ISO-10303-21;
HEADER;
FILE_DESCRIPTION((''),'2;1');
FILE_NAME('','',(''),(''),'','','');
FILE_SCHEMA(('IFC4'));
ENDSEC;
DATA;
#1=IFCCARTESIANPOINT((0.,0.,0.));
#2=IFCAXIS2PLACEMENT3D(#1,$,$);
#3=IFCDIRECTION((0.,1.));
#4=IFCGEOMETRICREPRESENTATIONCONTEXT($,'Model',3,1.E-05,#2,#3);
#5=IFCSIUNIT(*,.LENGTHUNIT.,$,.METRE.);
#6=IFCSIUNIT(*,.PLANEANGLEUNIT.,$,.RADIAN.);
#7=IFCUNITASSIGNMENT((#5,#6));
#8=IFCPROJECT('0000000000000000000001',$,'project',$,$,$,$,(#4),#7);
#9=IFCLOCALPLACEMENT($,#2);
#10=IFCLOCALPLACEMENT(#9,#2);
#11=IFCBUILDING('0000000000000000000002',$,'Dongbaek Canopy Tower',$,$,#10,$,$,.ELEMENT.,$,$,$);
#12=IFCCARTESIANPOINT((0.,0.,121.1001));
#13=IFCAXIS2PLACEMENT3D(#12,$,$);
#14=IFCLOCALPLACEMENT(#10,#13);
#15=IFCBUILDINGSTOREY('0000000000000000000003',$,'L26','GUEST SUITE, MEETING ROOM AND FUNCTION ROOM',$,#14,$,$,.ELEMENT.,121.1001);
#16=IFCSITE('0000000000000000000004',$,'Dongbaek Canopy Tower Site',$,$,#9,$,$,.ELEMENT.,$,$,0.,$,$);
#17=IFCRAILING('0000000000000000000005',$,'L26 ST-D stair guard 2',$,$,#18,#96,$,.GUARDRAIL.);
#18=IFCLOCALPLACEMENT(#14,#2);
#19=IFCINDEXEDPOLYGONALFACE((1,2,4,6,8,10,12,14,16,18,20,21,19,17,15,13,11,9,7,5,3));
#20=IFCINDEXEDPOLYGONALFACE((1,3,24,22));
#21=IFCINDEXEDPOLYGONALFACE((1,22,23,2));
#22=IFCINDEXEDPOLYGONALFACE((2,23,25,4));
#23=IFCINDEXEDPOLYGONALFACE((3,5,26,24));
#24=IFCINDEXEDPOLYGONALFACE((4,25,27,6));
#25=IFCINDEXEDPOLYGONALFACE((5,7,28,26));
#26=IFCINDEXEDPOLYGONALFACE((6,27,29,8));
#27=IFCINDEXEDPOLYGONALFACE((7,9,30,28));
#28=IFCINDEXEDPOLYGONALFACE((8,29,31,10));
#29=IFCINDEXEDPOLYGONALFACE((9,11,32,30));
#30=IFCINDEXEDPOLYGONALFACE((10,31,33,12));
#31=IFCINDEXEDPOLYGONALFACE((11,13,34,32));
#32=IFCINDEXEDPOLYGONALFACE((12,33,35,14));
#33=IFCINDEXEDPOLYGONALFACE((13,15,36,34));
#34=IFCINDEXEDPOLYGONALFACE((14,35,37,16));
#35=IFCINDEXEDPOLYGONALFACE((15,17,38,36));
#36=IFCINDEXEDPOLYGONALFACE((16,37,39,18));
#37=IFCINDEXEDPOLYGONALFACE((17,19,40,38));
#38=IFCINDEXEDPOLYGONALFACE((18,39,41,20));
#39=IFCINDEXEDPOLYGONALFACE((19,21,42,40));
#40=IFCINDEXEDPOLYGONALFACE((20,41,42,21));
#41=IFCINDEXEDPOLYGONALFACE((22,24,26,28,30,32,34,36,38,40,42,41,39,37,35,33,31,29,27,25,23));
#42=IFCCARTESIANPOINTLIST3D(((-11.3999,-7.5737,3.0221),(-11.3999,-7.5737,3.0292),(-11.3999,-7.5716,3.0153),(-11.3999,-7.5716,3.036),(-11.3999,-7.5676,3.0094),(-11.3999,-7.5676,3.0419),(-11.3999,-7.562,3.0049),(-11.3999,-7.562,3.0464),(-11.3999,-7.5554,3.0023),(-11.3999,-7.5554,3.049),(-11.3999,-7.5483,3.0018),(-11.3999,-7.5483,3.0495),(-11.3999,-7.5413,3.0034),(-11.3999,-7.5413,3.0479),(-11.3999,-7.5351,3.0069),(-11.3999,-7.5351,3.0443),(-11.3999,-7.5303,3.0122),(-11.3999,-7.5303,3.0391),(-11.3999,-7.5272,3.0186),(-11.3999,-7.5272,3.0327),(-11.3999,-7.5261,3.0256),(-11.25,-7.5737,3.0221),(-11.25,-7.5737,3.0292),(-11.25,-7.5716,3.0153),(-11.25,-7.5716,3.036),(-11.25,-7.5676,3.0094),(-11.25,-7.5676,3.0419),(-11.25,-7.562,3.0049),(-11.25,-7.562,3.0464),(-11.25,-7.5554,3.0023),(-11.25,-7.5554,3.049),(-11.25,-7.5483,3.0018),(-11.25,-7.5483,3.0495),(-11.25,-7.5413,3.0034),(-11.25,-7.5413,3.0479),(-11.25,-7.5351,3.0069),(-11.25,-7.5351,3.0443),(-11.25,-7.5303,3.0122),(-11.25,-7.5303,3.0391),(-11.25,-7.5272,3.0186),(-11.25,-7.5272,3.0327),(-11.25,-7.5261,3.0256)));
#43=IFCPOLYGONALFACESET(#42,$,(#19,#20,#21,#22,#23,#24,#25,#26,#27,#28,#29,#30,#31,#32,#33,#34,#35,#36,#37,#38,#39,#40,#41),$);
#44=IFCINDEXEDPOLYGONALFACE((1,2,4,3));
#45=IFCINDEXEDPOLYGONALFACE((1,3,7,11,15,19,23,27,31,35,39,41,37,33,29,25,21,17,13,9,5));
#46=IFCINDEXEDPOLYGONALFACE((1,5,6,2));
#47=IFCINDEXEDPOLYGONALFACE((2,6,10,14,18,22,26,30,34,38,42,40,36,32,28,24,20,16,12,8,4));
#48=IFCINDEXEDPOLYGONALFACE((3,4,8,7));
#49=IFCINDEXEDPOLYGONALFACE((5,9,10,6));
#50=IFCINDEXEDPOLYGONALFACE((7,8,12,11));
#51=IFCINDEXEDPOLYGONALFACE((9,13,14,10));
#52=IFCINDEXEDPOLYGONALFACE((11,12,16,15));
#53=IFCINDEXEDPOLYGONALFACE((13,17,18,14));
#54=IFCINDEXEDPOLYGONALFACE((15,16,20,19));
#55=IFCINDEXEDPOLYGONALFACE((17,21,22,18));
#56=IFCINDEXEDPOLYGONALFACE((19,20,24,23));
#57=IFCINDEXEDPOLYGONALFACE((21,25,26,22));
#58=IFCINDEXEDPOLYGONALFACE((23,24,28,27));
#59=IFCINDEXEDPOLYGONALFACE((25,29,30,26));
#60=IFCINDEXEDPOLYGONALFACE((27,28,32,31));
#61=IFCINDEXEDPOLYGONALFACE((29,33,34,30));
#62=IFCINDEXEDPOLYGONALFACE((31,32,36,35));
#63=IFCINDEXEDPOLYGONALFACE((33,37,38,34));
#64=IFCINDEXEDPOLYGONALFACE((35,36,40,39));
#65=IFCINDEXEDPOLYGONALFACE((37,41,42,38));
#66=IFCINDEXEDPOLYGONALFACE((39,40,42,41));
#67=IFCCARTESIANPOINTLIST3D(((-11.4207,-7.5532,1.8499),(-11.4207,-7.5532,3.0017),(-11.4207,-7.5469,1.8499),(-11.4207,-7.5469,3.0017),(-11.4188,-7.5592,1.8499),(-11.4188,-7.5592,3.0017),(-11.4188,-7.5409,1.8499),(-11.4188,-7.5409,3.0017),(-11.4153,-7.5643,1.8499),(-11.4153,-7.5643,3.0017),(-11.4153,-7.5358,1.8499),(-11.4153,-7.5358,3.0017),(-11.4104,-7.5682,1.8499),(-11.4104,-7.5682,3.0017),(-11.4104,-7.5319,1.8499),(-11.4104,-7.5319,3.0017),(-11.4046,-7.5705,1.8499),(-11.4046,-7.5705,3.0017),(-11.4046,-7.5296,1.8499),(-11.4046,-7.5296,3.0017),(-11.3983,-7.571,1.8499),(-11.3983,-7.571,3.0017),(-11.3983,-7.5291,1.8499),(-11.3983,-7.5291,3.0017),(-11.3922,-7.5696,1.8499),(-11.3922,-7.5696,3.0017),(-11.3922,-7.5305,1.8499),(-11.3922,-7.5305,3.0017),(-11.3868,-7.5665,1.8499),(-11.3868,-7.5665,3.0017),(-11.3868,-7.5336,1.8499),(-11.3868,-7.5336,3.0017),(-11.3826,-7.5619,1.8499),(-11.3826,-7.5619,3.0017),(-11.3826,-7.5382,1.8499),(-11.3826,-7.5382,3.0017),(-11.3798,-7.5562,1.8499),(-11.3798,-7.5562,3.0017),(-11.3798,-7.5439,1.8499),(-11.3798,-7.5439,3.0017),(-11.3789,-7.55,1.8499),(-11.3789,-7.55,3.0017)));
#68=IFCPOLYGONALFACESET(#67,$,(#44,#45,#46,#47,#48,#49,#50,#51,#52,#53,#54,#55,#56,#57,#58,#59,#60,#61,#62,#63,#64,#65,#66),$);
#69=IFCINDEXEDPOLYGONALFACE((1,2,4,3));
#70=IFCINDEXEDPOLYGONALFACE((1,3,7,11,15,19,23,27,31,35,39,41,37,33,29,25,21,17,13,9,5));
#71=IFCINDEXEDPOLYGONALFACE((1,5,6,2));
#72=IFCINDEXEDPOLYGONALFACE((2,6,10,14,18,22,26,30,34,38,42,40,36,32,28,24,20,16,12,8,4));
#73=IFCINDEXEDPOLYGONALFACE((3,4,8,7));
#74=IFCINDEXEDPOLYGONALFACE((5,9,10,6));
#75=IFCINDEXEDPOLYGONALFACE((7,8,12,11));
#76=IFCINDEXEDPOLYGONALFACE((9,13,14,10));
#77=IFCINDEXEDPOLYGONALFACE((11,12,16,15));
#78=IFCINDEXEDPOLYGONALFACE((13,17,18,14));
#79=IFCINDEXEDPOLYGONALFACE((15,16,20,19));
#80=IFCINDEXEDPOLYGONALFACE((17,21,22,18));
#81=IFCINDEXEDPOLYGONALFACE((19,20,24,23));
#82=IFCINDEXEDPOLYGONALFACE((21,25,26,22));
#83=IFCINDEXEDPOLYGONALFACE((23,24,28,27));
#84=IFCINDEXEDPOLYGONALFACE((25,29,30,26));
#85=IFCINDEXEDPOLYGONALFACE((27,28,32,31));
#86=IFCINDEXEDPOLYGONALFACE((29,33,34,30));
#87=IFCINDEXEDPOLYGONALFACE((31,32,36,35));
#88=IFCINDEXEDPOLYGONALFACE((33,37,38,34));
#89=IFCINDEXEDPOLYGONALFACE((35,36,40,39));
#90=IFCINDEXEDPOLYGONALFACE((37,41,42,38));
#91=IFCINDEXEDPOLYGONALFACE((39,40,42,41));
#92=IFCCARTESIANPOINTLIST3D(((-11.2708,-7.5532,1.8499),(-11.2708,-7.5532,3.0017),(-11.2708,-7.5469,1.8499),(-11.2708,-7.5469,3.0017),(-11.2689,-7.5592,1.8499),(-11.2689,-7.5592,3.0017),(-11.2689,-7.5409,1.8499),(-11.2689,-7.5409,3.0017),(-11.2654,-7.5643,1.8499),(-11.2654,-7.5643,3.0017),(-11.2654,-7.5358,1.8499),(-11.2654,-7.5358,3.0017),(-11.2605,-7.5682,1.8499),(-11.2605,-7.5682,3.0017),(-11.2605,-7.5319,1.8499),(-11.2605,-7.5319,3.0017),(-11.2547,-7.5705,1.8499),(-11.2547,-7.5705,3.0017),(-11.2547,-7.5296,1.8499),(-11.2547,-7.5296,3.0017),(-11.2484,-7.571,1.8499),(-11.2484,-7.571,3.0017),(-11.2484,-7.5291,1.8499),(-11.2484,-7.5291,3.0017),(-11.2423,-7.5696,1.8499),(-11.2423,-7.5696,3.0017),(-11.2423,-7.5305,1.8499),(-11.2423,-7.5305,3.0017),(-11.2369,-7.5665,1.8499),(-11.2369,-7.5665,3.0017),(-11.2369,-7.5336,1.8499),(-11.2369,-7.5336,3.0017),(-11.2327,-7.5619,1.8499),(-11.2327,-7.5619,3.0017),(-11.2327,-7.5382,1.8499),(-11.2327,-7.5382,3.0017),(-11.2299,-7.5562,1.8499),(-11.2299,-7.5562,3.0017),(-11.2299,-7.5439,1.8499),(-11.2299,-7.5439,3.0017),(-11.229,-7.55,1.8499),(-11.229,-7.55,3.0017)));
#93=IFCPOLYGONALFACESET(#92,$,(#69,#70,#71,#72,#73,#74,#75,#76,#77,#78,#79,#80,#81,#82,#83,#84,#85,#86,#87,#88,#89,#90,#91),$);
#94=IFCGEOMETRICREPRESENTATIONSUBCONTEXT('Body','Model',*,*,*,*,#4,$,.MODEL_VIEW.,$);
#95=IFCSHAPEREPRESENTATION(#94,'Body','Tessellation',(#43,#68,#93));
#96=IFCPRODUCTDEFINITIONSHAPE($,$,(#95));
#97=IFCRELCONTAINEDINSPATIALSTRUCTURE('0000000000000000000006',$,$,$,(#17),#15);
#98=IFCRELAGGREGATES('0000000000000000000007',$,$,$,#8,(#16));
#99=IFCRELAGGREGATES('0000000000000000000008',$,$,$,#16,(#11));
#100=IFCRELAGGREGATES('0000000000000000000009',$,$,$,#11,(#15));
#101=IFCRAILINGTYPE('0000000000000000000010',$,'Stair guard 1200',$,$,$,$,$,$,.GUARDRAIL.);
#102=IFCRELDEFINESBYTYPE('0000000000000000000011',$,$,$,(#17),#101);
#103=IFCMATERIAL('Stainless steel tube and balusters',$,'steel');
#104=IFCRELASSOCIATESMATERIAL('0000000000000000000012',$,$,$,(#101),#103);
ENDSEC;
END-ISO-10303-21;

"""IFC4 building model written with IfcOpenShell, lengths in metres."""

from ifc_helpers import new_model, si_unit, direction, frame, origin, origin_2d, place, context, subcontext, project, spatial, circle, extrude, material, type_object, element, save


model = new_model("IFC4")

# Units and contexts
model_context = context("Model", 3, precision=1e-05, world=origin(), true_north=direction((0.0, 1.0)))
body_context = subcontext(model_context, "Body", "Model", "MODEL_VIEW")
ifc_project = project(units=[si_unit("LENGTHUNIT", "METRE"), si_unit("PLANEANGLEUNIT", "RADIAN")], contexts=[model_context])

# Site, building, storey
site_placement = place(None, origin())
site = spatial("IfcSite", under=ifc_project, at=site_placement, Name="Dongbaek Canopy Tower Site", CompositionType="ELEMENT", RefElevation=0.0)
building_placement = place(site_placement, origin())
building = spatial("IfcBuilding", under=site, at=building_placement, Name="Dongbaek Canopy Tower", CompositionType="ELEMENT")
storey_placement = place(building_placement, frame((0.0, 0.0, 121.1001)))
storey = spatial("IfcBuildingStorey", under=building, at=storey_placement, Name="L26", Description="GUEST SUITE, MEETING ROOM AND FUNCTION ROOM", CompositionType="ELEMENT", Elevation=121.1001)

# Railing
ifc_material_1 = material(Name="Stainless steel tube and balusters", Category="steel")
railing_type_1 = type_object("IfcRailingType", Name="Stair guard 1200", PredefinedType="GUARDRAIL", material=ifc_material_1)
railing_1_placement = place(storey_placement, frame((-11.3999, -7.55, 1.8499)))
element("IfcRailing", 1, at=railing_1_placement, inside=storey, type_object=railing_type_1, Name="L26 ST-D stair guard 2", PredefinedType="GUARDRAIL", context=body_context, shape_type="SweptSolid", body=[
    extrude(circle(Radius=0.0239, at=origin_2d()), frame((0.0, 0.0, 1.1758), z_axis=(1.0, 0.0, 0.0), x_axis=(0.0, 1.0, 0.0)), (0.0, 0.0, 1.0), 0.1499),
    extrude(circle(Radius=0.021, at=origin_2d()), origin(), (0.0, 0.0, 1.0), 1.1519),
    extrude(circle(Radius=0.021, at=origin_2d()), frame((0.1499, 0.0, 0.0)), (0.0, 0.0, 1.0), 1.1519),
])

save(model, "model.ifc")
